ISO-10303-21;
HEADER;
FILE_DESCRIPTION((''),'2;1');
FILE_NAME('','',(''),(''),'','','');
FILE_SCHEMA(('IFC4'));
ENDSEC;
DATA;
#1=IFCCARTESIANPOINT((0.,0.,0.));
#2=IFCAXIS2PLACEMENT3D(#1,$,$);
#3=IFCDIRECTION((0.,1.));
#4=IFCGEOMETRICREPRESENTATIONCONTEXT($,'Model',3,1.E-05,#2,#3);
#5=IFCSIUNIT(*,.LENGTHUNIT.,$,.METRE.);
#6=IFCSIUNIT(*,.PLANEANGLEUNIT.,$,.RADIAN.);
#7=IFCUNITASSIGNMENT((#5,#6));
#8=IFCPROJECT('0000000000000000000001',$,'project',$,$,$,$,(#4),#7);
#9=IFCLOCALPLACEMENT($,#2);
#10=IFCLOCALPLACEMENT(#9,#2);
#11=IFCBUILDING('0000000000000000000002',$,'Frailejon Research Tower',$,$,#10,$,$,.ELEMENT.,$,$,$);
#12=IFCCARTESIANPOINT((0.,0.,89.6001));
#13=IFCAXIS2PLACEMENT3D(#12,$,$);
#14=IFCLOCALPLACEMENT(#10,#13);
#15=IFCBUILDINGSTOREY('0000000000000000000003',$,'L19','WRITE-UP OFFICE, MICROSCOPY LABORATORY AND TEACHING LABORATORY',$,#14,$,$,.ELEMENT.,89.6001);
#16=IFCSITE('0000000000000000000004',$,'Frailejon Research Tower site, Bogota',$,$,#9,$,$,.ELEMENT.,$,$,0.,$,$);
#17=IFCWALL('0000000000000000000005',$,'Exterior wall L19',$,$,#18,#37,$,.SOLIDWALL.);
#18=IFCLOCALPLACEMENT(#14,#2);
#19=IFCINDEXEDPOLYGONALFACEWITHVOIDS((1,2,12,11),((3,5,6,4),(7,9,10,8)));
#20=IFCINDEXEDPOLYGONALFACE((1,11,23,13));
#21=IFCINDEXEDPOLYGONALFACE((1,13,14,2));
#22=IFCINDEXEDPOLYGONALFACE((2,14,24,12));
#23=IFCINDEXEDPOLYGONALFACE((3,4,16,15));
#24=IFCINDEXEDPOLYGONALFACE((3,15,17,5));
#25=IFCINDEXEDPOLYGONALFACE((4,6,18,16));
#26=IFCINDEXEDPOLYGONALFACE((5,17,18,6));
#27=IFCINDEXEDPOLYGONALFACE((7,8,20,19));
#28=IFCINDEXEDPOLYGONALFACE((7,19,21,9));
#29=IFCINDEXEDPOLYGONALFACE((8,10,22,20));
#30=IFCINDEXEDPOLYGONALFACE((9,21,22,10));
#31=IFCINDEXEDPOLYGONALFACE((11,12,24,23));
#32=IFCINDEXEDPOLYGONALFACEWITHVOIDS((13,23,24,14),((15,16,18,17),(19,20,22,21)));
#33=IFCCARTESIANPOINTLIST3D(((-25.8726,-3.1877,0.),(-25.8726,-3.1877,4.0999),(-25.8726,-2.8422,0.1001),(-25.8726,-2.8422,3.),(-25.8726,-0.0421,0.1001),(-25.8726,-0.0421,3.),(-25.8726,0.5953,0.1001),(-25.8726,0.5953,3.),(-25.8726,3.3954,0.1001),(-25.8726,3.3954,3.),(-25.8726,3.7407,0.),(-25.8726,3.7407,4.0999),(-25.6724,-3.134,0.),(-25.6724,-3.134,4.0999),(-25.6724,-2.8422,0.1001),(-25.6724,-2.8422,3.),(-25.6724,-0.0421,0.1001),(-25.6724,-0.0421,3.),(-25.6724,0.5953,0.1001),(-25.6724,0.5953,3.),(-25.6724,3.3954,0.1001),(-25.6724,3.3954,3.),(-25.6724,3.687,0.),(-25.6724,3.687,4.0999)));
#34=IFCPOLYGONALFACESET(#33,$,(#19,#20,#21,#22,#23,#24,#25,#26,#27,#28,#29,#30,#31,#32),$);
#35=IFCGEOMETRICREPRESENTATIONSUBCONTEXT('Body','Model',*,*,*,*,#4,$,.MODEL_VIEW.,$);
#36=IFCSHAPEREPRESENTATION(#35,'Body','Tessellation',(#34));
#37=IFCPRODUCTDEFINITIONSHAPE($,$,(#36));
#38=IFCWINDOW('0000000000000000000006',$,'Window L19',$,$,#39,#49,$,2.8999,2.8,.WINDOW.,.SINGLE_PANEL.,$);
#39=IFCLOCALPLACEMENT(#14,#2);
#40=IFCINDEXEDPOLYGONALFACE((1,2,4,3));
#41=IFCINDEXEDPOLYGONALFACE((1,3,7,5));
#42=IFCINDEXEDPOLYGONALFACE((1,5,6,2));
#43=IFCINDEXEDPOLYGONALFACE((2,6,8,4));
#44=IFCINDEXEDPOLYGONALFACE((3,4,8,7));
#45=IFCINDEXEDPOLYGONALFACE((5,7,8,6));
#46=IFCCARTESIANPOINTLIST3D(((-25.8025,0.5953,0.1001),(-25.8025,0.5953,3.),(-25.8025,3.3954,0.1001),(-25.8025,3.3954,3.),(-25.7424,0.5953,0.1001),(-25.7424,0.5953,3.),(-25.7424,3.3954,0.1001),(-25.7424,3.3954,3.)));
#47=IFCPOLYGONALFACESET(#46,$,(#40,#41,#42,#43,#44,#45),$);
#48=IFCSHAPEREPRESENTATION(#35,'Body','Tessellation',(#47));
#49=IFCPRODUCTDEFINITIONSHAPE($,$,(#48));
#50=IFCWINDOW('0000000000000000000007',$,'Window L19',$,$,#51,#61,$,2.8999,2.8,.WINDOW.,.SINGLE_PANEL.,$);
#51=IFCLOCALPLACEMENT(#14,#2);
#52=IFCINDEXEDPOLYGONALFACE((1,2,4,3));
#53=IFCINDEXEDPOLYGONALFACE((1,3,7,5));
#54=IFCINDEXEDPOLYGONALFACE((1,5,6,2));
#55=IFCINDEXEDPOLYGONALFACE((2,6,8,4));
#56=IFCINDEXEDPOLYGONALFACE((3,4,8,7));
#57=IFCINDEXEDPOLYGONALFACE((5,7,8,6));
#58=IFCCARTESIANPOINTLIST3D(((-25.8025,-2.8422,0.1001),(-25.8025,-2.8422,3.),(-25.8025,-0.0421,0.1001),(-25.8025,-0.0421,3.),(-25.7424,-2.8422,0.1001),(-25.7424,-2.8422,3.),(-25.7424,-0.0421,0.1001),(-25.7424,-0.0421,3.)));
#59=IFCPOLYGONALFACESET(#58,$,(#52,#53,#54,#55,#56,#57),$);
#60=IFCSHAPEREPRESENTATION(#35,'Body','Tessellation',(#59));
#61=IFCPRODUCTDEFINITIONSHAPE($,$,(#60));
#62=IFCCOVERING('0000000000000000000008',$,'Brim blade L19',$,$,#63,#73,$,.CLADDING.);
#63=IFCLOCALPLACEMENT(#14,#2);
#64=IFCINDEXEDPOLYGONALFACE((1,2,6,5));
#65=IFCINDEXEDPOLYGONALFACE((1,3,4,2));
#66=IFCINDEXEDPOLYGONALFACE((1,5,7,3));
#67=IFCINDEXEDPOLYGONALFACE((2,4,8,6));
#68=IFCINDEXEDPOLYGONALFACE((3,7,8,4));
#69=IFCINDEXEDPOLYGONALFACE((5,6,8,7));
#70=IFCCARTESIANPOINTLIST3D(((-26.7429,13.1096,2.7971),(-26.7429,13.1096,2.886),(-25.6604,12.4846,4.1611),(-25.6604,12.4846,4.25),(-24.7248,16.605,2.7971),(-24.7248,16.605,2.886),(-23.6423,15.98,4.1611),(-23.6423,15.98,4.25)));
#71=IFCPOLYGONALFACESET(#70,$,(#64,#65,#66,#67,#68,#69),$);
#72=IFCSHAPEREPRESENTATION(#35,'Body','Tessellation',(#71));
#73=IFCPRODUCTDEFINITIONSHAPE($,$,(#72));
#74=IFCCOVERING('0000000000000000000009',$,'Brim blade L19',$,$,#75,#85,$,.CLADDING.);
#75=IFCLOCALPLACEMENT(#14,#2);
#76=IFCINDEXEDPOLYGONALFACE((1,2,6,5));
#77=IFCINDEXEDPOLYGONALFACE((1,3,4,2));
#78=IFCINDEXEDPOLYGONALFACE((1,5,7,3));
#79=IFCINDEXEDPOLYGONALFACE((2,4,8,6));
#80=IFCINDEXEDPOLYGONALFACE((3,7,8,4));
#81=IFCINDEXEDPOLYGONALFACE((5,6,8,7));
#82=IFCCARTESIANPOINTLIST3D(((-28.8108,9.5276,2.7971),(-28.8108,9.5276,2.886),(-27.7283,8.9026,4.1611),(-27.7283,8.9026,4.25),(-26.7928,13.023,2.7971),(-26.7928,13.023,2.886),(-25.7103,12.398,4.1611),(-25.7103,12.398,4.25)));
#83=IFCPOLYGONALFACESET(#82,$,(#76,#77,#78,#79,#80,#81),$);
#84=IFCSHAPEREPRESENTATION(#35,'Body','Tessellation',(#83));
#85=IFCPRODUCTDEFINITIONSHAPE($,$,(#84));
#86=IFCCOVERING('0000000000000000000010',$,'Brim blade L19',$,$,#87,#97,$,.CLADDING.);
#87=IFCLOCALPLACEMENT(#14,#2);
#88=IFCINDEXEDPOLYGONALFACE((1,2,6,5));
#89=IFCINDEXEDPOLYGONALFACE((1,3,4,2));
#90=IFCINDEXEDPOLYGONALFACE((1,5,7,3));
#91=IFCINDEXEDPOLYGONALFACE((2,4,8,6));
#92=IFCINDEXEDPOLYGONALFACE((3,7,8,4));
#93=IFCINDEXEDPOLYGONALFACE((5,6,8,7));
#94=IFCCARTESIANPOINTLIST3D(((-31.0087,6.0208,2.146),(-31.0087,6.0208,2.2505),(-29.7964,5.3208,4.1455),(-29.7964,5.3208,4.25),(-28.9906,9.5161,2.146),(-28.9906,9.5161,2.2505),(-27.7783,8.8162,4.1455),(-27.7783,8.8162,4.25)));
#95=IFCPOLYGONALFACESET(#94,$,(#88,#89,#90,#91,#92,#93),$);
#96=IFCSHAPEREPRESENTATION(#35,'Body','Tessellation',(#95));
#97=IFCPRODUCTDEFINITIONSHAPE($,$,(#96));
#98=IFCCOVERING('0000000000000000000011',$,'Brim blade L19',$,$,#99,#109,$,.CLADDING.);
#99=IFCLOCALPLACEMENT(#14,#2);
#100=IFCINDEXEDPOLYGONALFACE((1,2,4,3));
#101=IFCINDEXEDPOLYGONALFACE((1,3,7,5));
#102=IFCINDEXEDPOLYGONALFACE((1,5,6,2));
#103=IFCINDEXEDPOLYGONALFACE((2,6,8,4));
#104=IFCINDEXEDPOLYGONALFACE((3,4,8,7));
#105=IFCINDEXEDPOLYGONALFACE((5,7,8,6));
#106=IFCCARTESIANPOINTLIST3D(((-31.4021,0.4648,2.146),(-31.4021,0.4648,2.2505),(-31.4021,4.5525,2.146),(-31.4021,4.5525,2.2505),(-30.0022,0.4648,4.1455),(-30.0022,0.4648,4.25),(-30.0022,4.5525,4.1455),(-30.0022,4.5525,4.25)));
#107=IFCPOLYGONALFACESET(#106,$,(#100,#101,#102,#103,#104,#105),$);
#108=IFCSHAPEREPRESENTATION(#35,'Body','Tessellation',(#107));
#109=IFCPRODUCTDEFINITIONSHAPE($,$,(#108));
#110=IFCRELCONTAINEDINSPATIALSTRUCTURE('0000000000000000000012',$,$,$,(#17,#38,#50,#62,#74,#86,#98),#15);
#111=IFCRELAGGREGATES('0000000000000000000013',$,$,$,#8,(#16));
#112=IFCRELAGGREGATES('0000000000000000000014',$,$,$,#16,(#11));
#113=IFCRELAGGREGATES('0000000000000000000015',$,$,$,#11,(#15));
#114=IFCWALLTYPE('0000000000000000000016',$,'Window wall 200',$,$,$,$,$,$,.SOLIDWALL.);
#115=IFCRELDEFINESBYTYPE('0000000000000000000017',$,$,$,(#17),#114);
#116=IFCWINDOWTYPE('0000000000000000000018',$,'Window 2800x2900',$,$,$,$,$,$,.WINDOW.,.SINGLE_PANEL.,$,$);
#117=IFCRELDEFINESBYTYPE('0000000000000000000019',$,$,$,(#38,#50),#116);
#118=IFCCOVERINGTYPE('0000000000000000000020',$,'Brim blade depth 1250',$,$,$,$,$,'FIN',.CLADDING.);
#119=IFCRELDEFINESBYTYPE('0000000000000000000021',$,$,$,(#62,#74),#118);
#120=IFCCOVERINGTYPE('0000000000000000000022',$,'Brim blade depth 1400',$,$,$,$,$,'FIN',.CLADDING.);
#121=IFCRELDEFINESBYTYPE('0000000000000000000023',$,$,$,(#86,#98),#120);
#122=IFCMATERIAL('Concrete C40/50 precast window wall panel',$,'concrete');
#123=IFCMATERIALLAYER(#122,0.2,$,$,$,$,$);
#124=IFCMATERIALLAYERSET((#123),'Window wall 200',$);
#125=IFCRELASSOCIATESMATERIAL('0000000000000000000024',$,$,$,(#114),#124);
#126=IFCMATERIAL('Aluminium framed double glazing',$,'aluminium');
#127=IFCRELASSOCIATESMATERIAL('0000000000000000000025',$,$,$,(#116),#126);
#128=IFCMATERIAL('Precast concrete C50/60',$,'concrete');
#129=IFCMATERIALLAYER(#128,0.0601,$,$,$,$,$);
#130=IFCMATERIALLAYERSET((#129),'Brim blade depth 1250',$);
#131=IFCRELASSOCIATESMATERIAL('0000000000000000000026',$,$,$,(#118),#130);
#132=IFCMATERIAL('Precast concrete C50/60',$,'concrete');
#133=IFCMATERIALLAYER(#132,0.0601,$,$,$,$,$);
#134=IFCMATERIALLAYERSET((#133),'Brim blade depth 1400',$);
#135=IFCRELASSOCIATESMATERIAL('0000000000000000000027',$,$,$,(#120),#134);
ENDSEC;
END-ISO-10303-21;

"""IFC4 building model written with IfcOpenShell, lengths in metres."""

from ifc_helpers import new_model, si_unit, direction, frame, frame_2d, origin, place, context, subcontext, project, spatial, polyline, rectangle, outline, extrude, material, layer, layer_set, type_object, element, fill, save


model = new_model("IFC4")

# Units and contexts
model_context = context("Model", 3, precision=1e-05, world=origin(), true_north=direction((0.0, 1.0)))
body_context = subcontext(model_context, "Body", "Model", "MODEL_VIEW")
ifc_project = project(units=[si_unit("LENGTHUNIT", "METRE"), si_unit("PLANEANGLEUNIT", "RADIAN")], contexts=[model_context])

# Site, building, storey
site_placement = place(None, origin())
site = spatial("IfcSite", under=ifc_project, at=site_placement, Name="Frailejon Research Tower site, Bogota", CompositionType="ELEMENT", RefElevation=0.0)
building_placement = place(site_placement, origin())
building = spatial("IfcBuilding", under=site, at=building_placement, Name="Frailejon Research Tower", CompositionType="ELEMENT")
storey_placement = place(building_placement, frame((0.0, 0.0, 89.6001)))
storey = spatial("IfcBuildingStorey", under=building, at=storey_placement, Name="L19", Description="WRITE-UP OFFICE, MICROSCOPY LABORATORY AND TEACHING LABORATORY", CompositionType="ELEMENT", Elevation=89.6001)

# Wall, openings, windows
ifc_material_1 = material(Name="Concrete C40/50 precast window wall panel", Category="concrete")
ifc_layer_1 = layer(ifc_material_1, 0.2)
ifc_layer_set_1 = layer_set([ifc_layer_1], Name="Window wall 200")
wall_type = type_object("IfcWallType", Name="Window wall 200", PredefinedType="SOLIDWALL", material=ifc_layer_set_1)
wall_placement = place(storey_placement, frame((-25.7725, 3.7139, 0.0), z_axis=(0.0, 0.0, 1.0), x_axis=(0.0, -1.0, 0.0)))
wall = element("IfcWall", 1, at=wall_placement, inside=storey, type_object=wall_type, Name="Exterior wall L19", PredefinedType="SOLIDWALL", context=body_context, shape_type="SweptSolid", body=[
    extrude(outline(polyline([(-0.0269, -0.1001), (1.1279, -0.1001), (2.2827, -0.1001), (3.4375, -0.1001), (4.592, -0.1001), (5.7468, -0.1001), (6.9016, -0.1001), (6.8479, 0.1001), (5.7109, 0.1001), (4.5742, 0.1001), (3.4375, 0.1001), (2.3005, 0.1001), (1.1636, 0.1001), (0.0269, 0.1001), (-0.0269, -0.1001)])), origin(), (0.0, 0.0, 1.0), 4.0999),
])
opening_1_placement = place(wall_placement, frame((0.3186, 0.0, 0.1001)))
opening_1 = element("IfcOpeningElement", 2, at=opening_1_placement, cuts=wall, PredefinedType="OPENING", context=body_context, shape_type="SweptSolid", body=[
    extrude(rectangle(XDim=2.8, YDim=2.8999, at=frame_2d((1.3999, 1.45))), frame((0.0, 0.1099, 0.0), z_axis=(0.0, -1.0, 0.0), x_axis=(1.0, 0.0, 0.0)), (0.0, 0.0, 1.0), 0.22),
])
opening_2_placement = place(wall_placement, frame((3.7561, 0.0, 0.1001)))
opening_2 = element("IfcOpeningElement", 3, at=opening_2_placement, cuts=wall, PredefinedType="OPENING", context=body_context, shape_type="SweptSolid", body=[
    extrude(rectangle(XDim=2.8, YDim=2.8999, at=frame_2d((1.3999, 1.45))), frame((0.0, 0.1099, 0.0), z_axis=(0.0, -1.0, 0.0), x_axis=(1.0, 0.0, 0.0)), (0.0, 0.0, 1.0), 0.22),
])
ifc_material_2 = material(Name="Aluminium framed double glazing", Category="aluminium")
window_type = type_object("IfcWindowType", Name="Window 2800x2900", PartitioningType="SINGLE_PANEL", PredefinedType="WINDOW", material=ifc_material_2)
window_1_placement = place(opening_1_placement, origin())
window_1 = element("IfcWindow", 4, at=window_1_placement, inside=storey, type_object=window_type, Name="Window L19", OverallHeight=2.8999, OverallWidth=2.8, PartitioningType="SINGLE_PANEL", PredefinedType="WINDOW", context=body_context, shape_type="SweptSolid", body=[
    extrude(rectangle(XDim=2.8, YDim=2.8999, at=frame_2d((1.3999, 1.45))), frame((0.0, 0.03, 0.0), z_axis=(0.0, -1.0, 0.0), x_axis=(1.0, 0.0, 0.0)), (0.0, 0.0, 1.0), 0.0601),
])
fill(opening_1, window_1)
window_2_placement = place(opening_2_placement, origin())
window_2 = element("IfcWindow", 5, at=window_2_placement, inside=storey, type_object=window_type, Name="Window L19", OverallHeight=2.8999, OverallWidth=2.8, PartitioningType="SINGLE_PANEL", PredefinedType="WINDOW", context=body_context, shape_type="SweptSolid", body=[
    extrude(rectangle(XDim=2.8, YDim=2.8999, at=frame_2d((1.3999, 1.45))), frame((0.0, 0.03, 0.0), z_axis=(0.0, -1.0, 0.0), x_axis=(1.0, 0.0, 0.0)), (0.0, 0.0, 1.0), 0.0601),
])
fill(opening_2, window_2)

# Coverings
ifc_material_3 = material(Name="Precast concrete C50/60", Category="concrete")
ifc_layer_2 = layer(ifc_material_3, 0.0601)
ifc_layer_set_2 = layer_set([ifc_layer_2], Name="Brim blade depth 1250")
covering_type_1 = type_object("IfcCoveringType", Name="Brim blade depth 1250", ElementType="FIN", PredefinedType="CLADDING", material=ifc_layer_set_2)
for number, where, z_axis, x_axis, name in (
    (6, (-25.6604, 12.4846, 4.25), (0.500006, 0.866022, 0.0), (-0.866022, 0.500006, 0.0), "Brim blade L19"),
    (7, (-27.7283, 8.9026, 4.25), (0.499988, 0.866033, 0.0), (-0.866033, 0.499988, 0.0), "Brim blade L19"),
):
    element("IfcCovering", number, at=place(storey_placement, frame(where, z_axis=z_axis, x_axis=x_axis)), inside=storey, type_object=covering_type_1, Name=name, PredefinedType="CLADDING", context=body_context, shape_type="SweptSolid", body=[
        extrude(outline(polyline([(0.0, -0.0889), (1.25, -1.4529), (1.25, -1.364), (0.0, 0.0), (0.0, -0.0889)])), origin(), (0.0, 0.0, 1.0), 4.0361),
    ])
ifc_material_4 = material(Name="Precast concrete C50/60", Category="concrete")
ifc_layer_3 = layer(ifc_material_4, 0.0601)
ifc_layer_set_3 = layer_set([ifc_layer_3], Name="Brim blade depth 1400")
covering_type_2 = type_object("IfcCoveringType", Name="Brim blade depth 1400", ElementType="FIN", PredefinedType="CLADDING", material=ifc_layer_set_3)
covering_1_placement = place(storey_placement, frame((-29.7964, 5.3208, 4.25), z_axis=(0.500006, 0.866022, 0.0), x_axis=(-0.866022, 0.500006, 0.0)))
element("IfcCovering", 8, at=covering_1_placement, inside=storey, type_object=covering_type_2, Name="Brim blade L19", PredefinedType="CLADDING", context=body_context, shape_type="SweptSolid", body=[
    extrude(outline(polyline([(0.0, -0.1045), (1.3999, -2.104), (1.3999, -1.9995), (0.0, 0.0), (0.0, -0.1045)])), origin(), (0.0, 0.0, 1.0), 4.0361),
])
covering_2_placement = place(storey_placement, frame((-30.0022, 0.4648, 4.25), z_axis=(0.0, 1.0, 0.0), x_axis=(-1.0, 0.0, 0.0)))
element("IfcCovering", 9, at=covering_2_placement, inside=storey, type_object=covering_type_2, Name="Brim blade L19", PredefinedType="CLADDING", context=body_context, shape_type="SweptSolid", body=[
    extrude(outline(polyline([(0.0, -0.1045), (1.3999, -2.104), (1.3999, -1.9995), (0.0, 0.0), (0.0, -0.1045)])), origin(), (0.0, 0.0, 1.0), 4.0876),
])

save(model, "model.ifc")
